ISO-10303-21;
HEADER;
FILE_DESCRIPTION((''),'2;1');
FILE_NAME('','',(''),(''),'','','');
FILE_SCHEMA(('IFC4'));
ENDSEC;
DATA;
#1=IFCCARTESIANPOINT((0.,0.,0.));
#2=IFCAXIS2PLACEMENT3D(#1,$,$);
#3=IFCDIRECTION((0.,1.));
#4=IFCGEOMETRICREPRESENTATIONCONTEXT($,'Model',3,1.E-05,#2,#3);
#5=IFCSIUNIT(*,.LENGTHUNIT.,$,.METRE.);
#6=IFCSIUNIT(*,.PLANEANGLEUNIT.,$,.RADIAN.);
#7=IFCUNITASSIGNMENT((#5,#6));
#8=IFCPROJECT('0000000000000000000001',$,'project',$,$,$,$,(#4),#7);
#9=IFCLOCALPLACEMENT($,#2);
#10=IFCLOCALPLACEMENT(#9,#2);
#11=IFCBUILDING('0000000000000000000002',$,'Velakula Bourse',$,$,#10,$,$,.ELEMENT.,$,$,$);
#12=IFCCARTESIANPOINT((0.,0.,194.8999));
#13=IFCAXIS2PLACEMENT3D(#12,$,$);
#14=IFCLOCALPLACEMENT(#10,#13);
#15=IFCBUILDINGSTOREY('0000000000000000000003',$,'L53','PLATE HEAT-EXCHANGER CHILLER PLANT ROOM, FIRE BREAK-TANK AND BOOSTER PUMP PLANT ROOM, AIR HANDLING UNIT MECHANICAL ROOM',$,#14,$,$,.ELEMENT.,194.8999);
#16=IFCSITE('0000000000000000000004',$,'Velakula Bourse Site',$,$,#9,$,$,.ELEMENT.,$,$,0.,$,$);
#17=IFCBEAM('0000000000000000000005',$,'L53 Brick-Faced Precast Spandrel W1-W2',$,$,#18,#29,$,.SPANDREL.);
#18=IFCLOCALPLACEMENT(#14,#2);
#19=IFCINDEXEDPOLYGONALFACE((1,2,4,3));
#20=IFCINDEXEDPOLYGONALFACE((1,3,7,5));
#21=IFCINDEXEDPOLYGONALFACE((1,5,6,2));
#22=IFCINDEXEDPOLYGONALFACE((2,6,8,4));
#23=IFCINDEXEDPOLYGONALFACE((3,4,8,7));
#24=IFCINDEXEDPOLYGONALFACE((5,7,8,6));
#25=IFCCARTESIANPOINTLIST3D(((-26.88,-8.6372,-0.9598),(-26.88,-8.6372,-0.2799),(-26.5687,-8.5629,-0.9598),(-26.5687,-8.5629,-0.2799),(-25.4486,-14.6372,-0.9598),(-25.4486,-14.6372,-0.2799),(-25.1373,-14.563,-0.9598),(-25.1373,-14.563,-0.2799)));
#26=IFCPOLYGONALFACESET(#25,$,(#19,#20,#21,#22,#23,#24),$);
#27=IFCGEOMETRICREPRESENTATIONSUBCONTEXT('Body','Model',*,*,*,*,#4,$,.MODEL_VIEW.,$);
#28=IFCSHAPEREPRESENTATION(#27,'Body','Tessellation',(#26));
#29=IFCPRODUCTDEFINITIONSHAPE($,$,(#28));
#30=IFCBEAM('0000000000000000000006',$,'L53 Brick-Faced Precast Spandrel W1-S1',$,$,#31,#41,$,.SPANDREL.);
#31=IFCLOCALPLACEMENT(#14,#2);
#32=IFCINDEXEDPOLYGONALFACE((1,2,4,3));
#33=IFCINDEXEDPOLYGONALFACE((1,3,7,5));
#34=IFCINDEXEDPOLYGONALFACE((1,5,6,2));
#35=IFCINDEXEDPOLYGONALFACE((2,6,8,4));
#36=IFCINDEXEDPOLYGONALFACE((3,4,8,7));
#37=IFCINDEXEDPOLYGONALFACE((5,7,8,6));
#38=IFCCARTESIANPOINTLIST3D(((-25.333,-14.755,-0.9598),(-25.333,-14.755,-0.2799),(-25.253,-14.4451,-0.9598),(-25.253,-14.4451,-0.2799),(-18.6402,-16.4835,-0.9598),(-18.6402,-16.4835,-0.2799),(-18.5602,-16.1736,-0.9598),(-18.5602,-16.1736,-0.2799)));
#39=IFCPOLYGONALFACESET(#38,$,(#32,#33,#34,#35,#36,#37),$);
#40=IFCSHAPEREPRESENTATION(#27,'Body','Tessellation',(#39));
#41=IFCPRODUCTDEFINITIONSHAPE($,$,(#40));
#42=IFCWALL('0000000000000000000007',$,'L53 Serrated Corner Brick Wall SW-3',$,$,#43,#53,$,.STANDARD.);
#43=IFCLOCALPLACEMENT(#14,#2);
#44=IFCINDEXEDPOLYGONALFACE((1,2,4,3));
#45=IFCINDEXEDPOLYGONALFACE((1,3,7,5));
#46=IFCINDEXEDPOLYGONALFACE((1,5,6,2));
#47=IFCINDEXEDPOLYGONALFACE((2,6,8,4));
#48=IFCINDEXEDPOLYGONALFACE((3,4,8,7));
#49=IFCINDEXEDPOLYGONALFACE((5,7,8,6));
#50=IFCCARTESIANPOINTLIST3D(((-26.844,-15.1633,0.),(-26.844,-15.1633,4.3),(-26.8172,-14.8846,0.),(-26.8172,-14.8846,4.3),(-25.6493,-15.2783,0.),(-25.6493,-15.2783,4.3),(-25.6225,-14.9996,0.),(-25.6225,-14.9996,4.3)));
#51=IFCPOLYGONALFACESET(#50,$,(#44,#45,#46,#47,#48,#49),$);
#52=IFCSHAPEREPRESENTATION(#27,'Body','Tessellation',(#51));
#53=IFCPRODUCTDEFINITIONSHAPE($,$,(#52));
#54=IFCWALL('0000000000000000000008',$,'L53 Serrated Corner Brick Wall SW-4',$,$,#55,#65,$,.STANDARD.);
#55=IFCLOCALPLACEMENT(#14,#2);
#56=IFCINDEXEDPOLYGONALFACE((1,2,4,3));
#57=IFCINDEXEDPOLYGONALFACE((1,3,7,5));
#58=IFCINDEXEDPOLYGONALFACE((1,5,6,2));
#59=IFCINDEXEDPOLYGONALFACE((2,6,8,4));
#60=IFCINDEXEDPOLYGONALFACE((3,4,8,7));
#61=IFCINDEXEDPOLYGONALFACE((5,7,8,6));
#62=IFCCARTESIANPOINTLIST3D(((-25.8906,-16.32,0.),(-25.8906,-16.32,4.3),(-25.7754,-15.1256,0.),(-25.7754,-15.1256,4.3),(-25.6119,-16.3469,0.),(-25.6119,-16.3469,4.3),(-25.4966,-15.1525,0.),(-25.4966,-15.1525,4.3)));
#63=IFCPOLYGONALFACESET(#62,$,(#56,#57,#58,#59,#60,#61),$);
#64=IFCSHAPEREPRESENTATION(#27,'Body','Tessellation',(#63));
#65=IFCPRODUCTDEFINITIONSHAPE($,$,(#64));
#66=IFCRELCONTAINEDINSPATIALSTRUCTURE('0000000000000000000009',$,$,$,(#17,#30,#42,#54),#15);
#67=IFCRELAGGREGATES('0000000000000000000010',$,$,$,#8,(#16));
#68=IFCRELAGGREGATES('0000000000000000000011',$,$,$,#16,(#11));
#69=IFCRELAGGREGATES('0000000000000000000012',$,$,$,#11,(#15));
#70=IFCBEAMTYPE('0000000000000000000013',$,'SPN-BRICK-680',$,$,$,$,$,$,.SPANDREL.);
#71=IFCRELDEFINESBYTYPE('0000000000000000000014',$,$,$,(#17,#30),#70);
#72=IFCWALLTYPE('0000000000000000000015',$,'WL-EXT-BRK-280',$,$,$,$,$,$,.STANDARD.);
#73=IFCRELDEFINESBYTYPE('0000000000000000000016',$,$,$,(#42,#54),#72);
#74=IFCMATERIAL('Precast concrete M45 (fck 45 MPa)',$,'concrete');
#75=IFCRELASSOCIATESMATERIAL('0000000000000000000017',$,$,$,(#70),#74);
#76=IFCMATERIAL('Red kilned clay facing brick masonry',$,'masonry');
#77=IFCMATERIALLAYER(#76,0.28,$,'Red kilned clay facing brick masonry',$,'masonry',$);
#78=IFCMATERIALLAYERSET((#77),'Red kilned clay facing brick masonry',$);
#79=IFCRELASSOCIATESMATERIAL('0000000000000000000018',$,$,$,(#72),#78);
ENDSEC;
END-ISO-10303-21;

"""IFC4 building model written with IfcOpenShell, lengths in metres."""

from ifc_helpers import new_model, si_unit, direction, frame, frame_2d, origin, origin_2d, place, context, subcontext, project, spatial, rectangle, extrude, material, layer, layer_set, material_profile, profile_set, type_object, element, save


model = new_model("IFC4")

# Units and contexts
model_context = context("Model", 3, precision=1e-05, world=origin(), true_north=direction((0.0, 1.0)))
body_context = subcontext(model_context, "Body", "Model", "MODEL_VIEW")
ifc_project = project(units=[si_unit("LENGTHUNIT", "METRE"), si_unit("PLANEANGLEUNIT", "RADIAN")], contexts=[model_context])

# Site, building, storey
site_placement = place(None, origin())
site = spatial("IfcSite", under=ifc_project, at=site_placement, Name="Velakula Bourse Site", CompositionType="ELEMENT", RefElevation=0.0)
building_placement = place(site_placement, origin())
building = spatial("IfcBuilding", under=site, at=building_placement, Name="Velakula Bourse", CompositionType="ELEMENT")
storey_placement = place(building_placement, frame((0.0, 0.0, 194.8999)))
storey = spatial("IfcBuildingStorey", under=building, at=storey_placement, Name="L53", Description="PLATE HEAT-EXCHANGER CHILLER PLANT ROOM, FIRE BREAK-TANK AND BOOSTER PUMP PLANT ROOM, AIR HANDLING UNIT MECHANICAL ROOM", CompositionType="ELEMENT", Elevation=194.8999)

# Shared definitions
ifc_material_1 = material(Name="Precast concrete M45 (fck 45 MPa)", Category="concrete")

# Beams
ifc_material_profile_1 = material_profile(ifc_material_1, rectangle(XDim=0.3201, YDim=0.6799, at=origin_2d()), Name="Precast concrete M45 (fck 45 MPa)")
ifc_profile_set_1 = profile_set([ifc_material_profile_1], Name="Precast concrete M45 (fck 45 MPa)")
beam_type_1 = type_object("IfcBeamType", Name="SPN-BRICK-680", PredefinedType="SPANDREL", material=ifc_profile_set_1)
beam_1_placement = place(storey_placement, frame((-25.293, -14.6001, -0.6199), z_axis=(-0.232054, 0.972703, 0.0), x_axis=(-0.972703, -0.232054, 0.0)))
element("IfcBeam", 1, at=beam_1_placement, inside=storey, type_object=beam_type_1, Name="L53 Brick-Faced Precast Spandrel W1-W2", PredefinedType="SPANDREL", context=body_context, shape_type="SweptSolid", body=[
    extrude(rectangle(XDim=0.3201, YDim=0.6799, at=origin_2d()), origin(), (0.0, 0.0, 1.0), 6.1685),
])
beam_2_placement = place(storey_placement, frame((-25.293, -14.6001, -0.6199), z_axis=(0.968231, -0.250057, 0.0), x_axis=(0.250057, 0.968231, 0.0)))
element("IfcBeam", 2, at=beam_2_placement, inside=storey, type_object=beam_type_1, Name="L53 Brick-Faced Precast Spandrel W1-S1", PredefinedType="SPANDREL", context=body_context, shape_type="SweptSolid", body=[
    extrude(rectangle(XDim=0.3201, YDim=0.6799, at=origin_2d()), origin(), (0.0, 0.0, 1.0), 6.9124),
])

# Walls
ifc_material_2 = material(Name="Red kilned clay facing brick masonry", Category="masonry")
ifc_layer = layer(ifc_material_2, 0.28, Name="Red kilned clay facing brick masonry", Category="masonry")
ifc_layer_set = layer_set([ifc_layer], Name="Red kilned clay facing brick masonry")
wall_type = type_object("IfcWallType", Name="WL-EXT-BRK-280", PredefinedType="STANDARD", material=ifc_layer_set)
wall_1_placement = place(storey_placement, frame((-26.8306, -15.0239, 0.0), z_axis=(0.0, 0.0, 1.0), x_axis=(0.995399, -0.095817, 0.0)))
element("IfcWall", 3, at=wall_1_placement, inside=storey, type_object=wall_type, Name="L53 Serrated Corner Brick Wall SW-3", PredefinedType="STANDARD", context=body_context, shape_type="SweptSolid", body=[
    extrude(rectangle(XDim=1.2002, YDim=0.28, at=frame_2d((0.6001, 0.0))), origin(), (0.0, 0.0, 1.0), 4.3),
])
wall_2_placement = place(storey_placement, frame((-25.636, -15.1389, 0.0), z_axis=(0.0, 0.0, 1.0), x_axis=(-0.096038, -0.995378, 0.0)))
element("IfcWall", 4, at=wall_2_placement, inside=storey, type_object=wall_type, Name="L53 Serrated Corner Brick Wall SW-4", PredefinedType="STANDARD", context=body_context, shape_type="SweptSolid", body=[
    extrude(rectangle(XDim=1.2, YDim=0.28, at=frame_2d((0.6001, 0.0))), origin(), (0.0, 0.0, 1.0), 4.3),
])

save(model, "model.ifc")
